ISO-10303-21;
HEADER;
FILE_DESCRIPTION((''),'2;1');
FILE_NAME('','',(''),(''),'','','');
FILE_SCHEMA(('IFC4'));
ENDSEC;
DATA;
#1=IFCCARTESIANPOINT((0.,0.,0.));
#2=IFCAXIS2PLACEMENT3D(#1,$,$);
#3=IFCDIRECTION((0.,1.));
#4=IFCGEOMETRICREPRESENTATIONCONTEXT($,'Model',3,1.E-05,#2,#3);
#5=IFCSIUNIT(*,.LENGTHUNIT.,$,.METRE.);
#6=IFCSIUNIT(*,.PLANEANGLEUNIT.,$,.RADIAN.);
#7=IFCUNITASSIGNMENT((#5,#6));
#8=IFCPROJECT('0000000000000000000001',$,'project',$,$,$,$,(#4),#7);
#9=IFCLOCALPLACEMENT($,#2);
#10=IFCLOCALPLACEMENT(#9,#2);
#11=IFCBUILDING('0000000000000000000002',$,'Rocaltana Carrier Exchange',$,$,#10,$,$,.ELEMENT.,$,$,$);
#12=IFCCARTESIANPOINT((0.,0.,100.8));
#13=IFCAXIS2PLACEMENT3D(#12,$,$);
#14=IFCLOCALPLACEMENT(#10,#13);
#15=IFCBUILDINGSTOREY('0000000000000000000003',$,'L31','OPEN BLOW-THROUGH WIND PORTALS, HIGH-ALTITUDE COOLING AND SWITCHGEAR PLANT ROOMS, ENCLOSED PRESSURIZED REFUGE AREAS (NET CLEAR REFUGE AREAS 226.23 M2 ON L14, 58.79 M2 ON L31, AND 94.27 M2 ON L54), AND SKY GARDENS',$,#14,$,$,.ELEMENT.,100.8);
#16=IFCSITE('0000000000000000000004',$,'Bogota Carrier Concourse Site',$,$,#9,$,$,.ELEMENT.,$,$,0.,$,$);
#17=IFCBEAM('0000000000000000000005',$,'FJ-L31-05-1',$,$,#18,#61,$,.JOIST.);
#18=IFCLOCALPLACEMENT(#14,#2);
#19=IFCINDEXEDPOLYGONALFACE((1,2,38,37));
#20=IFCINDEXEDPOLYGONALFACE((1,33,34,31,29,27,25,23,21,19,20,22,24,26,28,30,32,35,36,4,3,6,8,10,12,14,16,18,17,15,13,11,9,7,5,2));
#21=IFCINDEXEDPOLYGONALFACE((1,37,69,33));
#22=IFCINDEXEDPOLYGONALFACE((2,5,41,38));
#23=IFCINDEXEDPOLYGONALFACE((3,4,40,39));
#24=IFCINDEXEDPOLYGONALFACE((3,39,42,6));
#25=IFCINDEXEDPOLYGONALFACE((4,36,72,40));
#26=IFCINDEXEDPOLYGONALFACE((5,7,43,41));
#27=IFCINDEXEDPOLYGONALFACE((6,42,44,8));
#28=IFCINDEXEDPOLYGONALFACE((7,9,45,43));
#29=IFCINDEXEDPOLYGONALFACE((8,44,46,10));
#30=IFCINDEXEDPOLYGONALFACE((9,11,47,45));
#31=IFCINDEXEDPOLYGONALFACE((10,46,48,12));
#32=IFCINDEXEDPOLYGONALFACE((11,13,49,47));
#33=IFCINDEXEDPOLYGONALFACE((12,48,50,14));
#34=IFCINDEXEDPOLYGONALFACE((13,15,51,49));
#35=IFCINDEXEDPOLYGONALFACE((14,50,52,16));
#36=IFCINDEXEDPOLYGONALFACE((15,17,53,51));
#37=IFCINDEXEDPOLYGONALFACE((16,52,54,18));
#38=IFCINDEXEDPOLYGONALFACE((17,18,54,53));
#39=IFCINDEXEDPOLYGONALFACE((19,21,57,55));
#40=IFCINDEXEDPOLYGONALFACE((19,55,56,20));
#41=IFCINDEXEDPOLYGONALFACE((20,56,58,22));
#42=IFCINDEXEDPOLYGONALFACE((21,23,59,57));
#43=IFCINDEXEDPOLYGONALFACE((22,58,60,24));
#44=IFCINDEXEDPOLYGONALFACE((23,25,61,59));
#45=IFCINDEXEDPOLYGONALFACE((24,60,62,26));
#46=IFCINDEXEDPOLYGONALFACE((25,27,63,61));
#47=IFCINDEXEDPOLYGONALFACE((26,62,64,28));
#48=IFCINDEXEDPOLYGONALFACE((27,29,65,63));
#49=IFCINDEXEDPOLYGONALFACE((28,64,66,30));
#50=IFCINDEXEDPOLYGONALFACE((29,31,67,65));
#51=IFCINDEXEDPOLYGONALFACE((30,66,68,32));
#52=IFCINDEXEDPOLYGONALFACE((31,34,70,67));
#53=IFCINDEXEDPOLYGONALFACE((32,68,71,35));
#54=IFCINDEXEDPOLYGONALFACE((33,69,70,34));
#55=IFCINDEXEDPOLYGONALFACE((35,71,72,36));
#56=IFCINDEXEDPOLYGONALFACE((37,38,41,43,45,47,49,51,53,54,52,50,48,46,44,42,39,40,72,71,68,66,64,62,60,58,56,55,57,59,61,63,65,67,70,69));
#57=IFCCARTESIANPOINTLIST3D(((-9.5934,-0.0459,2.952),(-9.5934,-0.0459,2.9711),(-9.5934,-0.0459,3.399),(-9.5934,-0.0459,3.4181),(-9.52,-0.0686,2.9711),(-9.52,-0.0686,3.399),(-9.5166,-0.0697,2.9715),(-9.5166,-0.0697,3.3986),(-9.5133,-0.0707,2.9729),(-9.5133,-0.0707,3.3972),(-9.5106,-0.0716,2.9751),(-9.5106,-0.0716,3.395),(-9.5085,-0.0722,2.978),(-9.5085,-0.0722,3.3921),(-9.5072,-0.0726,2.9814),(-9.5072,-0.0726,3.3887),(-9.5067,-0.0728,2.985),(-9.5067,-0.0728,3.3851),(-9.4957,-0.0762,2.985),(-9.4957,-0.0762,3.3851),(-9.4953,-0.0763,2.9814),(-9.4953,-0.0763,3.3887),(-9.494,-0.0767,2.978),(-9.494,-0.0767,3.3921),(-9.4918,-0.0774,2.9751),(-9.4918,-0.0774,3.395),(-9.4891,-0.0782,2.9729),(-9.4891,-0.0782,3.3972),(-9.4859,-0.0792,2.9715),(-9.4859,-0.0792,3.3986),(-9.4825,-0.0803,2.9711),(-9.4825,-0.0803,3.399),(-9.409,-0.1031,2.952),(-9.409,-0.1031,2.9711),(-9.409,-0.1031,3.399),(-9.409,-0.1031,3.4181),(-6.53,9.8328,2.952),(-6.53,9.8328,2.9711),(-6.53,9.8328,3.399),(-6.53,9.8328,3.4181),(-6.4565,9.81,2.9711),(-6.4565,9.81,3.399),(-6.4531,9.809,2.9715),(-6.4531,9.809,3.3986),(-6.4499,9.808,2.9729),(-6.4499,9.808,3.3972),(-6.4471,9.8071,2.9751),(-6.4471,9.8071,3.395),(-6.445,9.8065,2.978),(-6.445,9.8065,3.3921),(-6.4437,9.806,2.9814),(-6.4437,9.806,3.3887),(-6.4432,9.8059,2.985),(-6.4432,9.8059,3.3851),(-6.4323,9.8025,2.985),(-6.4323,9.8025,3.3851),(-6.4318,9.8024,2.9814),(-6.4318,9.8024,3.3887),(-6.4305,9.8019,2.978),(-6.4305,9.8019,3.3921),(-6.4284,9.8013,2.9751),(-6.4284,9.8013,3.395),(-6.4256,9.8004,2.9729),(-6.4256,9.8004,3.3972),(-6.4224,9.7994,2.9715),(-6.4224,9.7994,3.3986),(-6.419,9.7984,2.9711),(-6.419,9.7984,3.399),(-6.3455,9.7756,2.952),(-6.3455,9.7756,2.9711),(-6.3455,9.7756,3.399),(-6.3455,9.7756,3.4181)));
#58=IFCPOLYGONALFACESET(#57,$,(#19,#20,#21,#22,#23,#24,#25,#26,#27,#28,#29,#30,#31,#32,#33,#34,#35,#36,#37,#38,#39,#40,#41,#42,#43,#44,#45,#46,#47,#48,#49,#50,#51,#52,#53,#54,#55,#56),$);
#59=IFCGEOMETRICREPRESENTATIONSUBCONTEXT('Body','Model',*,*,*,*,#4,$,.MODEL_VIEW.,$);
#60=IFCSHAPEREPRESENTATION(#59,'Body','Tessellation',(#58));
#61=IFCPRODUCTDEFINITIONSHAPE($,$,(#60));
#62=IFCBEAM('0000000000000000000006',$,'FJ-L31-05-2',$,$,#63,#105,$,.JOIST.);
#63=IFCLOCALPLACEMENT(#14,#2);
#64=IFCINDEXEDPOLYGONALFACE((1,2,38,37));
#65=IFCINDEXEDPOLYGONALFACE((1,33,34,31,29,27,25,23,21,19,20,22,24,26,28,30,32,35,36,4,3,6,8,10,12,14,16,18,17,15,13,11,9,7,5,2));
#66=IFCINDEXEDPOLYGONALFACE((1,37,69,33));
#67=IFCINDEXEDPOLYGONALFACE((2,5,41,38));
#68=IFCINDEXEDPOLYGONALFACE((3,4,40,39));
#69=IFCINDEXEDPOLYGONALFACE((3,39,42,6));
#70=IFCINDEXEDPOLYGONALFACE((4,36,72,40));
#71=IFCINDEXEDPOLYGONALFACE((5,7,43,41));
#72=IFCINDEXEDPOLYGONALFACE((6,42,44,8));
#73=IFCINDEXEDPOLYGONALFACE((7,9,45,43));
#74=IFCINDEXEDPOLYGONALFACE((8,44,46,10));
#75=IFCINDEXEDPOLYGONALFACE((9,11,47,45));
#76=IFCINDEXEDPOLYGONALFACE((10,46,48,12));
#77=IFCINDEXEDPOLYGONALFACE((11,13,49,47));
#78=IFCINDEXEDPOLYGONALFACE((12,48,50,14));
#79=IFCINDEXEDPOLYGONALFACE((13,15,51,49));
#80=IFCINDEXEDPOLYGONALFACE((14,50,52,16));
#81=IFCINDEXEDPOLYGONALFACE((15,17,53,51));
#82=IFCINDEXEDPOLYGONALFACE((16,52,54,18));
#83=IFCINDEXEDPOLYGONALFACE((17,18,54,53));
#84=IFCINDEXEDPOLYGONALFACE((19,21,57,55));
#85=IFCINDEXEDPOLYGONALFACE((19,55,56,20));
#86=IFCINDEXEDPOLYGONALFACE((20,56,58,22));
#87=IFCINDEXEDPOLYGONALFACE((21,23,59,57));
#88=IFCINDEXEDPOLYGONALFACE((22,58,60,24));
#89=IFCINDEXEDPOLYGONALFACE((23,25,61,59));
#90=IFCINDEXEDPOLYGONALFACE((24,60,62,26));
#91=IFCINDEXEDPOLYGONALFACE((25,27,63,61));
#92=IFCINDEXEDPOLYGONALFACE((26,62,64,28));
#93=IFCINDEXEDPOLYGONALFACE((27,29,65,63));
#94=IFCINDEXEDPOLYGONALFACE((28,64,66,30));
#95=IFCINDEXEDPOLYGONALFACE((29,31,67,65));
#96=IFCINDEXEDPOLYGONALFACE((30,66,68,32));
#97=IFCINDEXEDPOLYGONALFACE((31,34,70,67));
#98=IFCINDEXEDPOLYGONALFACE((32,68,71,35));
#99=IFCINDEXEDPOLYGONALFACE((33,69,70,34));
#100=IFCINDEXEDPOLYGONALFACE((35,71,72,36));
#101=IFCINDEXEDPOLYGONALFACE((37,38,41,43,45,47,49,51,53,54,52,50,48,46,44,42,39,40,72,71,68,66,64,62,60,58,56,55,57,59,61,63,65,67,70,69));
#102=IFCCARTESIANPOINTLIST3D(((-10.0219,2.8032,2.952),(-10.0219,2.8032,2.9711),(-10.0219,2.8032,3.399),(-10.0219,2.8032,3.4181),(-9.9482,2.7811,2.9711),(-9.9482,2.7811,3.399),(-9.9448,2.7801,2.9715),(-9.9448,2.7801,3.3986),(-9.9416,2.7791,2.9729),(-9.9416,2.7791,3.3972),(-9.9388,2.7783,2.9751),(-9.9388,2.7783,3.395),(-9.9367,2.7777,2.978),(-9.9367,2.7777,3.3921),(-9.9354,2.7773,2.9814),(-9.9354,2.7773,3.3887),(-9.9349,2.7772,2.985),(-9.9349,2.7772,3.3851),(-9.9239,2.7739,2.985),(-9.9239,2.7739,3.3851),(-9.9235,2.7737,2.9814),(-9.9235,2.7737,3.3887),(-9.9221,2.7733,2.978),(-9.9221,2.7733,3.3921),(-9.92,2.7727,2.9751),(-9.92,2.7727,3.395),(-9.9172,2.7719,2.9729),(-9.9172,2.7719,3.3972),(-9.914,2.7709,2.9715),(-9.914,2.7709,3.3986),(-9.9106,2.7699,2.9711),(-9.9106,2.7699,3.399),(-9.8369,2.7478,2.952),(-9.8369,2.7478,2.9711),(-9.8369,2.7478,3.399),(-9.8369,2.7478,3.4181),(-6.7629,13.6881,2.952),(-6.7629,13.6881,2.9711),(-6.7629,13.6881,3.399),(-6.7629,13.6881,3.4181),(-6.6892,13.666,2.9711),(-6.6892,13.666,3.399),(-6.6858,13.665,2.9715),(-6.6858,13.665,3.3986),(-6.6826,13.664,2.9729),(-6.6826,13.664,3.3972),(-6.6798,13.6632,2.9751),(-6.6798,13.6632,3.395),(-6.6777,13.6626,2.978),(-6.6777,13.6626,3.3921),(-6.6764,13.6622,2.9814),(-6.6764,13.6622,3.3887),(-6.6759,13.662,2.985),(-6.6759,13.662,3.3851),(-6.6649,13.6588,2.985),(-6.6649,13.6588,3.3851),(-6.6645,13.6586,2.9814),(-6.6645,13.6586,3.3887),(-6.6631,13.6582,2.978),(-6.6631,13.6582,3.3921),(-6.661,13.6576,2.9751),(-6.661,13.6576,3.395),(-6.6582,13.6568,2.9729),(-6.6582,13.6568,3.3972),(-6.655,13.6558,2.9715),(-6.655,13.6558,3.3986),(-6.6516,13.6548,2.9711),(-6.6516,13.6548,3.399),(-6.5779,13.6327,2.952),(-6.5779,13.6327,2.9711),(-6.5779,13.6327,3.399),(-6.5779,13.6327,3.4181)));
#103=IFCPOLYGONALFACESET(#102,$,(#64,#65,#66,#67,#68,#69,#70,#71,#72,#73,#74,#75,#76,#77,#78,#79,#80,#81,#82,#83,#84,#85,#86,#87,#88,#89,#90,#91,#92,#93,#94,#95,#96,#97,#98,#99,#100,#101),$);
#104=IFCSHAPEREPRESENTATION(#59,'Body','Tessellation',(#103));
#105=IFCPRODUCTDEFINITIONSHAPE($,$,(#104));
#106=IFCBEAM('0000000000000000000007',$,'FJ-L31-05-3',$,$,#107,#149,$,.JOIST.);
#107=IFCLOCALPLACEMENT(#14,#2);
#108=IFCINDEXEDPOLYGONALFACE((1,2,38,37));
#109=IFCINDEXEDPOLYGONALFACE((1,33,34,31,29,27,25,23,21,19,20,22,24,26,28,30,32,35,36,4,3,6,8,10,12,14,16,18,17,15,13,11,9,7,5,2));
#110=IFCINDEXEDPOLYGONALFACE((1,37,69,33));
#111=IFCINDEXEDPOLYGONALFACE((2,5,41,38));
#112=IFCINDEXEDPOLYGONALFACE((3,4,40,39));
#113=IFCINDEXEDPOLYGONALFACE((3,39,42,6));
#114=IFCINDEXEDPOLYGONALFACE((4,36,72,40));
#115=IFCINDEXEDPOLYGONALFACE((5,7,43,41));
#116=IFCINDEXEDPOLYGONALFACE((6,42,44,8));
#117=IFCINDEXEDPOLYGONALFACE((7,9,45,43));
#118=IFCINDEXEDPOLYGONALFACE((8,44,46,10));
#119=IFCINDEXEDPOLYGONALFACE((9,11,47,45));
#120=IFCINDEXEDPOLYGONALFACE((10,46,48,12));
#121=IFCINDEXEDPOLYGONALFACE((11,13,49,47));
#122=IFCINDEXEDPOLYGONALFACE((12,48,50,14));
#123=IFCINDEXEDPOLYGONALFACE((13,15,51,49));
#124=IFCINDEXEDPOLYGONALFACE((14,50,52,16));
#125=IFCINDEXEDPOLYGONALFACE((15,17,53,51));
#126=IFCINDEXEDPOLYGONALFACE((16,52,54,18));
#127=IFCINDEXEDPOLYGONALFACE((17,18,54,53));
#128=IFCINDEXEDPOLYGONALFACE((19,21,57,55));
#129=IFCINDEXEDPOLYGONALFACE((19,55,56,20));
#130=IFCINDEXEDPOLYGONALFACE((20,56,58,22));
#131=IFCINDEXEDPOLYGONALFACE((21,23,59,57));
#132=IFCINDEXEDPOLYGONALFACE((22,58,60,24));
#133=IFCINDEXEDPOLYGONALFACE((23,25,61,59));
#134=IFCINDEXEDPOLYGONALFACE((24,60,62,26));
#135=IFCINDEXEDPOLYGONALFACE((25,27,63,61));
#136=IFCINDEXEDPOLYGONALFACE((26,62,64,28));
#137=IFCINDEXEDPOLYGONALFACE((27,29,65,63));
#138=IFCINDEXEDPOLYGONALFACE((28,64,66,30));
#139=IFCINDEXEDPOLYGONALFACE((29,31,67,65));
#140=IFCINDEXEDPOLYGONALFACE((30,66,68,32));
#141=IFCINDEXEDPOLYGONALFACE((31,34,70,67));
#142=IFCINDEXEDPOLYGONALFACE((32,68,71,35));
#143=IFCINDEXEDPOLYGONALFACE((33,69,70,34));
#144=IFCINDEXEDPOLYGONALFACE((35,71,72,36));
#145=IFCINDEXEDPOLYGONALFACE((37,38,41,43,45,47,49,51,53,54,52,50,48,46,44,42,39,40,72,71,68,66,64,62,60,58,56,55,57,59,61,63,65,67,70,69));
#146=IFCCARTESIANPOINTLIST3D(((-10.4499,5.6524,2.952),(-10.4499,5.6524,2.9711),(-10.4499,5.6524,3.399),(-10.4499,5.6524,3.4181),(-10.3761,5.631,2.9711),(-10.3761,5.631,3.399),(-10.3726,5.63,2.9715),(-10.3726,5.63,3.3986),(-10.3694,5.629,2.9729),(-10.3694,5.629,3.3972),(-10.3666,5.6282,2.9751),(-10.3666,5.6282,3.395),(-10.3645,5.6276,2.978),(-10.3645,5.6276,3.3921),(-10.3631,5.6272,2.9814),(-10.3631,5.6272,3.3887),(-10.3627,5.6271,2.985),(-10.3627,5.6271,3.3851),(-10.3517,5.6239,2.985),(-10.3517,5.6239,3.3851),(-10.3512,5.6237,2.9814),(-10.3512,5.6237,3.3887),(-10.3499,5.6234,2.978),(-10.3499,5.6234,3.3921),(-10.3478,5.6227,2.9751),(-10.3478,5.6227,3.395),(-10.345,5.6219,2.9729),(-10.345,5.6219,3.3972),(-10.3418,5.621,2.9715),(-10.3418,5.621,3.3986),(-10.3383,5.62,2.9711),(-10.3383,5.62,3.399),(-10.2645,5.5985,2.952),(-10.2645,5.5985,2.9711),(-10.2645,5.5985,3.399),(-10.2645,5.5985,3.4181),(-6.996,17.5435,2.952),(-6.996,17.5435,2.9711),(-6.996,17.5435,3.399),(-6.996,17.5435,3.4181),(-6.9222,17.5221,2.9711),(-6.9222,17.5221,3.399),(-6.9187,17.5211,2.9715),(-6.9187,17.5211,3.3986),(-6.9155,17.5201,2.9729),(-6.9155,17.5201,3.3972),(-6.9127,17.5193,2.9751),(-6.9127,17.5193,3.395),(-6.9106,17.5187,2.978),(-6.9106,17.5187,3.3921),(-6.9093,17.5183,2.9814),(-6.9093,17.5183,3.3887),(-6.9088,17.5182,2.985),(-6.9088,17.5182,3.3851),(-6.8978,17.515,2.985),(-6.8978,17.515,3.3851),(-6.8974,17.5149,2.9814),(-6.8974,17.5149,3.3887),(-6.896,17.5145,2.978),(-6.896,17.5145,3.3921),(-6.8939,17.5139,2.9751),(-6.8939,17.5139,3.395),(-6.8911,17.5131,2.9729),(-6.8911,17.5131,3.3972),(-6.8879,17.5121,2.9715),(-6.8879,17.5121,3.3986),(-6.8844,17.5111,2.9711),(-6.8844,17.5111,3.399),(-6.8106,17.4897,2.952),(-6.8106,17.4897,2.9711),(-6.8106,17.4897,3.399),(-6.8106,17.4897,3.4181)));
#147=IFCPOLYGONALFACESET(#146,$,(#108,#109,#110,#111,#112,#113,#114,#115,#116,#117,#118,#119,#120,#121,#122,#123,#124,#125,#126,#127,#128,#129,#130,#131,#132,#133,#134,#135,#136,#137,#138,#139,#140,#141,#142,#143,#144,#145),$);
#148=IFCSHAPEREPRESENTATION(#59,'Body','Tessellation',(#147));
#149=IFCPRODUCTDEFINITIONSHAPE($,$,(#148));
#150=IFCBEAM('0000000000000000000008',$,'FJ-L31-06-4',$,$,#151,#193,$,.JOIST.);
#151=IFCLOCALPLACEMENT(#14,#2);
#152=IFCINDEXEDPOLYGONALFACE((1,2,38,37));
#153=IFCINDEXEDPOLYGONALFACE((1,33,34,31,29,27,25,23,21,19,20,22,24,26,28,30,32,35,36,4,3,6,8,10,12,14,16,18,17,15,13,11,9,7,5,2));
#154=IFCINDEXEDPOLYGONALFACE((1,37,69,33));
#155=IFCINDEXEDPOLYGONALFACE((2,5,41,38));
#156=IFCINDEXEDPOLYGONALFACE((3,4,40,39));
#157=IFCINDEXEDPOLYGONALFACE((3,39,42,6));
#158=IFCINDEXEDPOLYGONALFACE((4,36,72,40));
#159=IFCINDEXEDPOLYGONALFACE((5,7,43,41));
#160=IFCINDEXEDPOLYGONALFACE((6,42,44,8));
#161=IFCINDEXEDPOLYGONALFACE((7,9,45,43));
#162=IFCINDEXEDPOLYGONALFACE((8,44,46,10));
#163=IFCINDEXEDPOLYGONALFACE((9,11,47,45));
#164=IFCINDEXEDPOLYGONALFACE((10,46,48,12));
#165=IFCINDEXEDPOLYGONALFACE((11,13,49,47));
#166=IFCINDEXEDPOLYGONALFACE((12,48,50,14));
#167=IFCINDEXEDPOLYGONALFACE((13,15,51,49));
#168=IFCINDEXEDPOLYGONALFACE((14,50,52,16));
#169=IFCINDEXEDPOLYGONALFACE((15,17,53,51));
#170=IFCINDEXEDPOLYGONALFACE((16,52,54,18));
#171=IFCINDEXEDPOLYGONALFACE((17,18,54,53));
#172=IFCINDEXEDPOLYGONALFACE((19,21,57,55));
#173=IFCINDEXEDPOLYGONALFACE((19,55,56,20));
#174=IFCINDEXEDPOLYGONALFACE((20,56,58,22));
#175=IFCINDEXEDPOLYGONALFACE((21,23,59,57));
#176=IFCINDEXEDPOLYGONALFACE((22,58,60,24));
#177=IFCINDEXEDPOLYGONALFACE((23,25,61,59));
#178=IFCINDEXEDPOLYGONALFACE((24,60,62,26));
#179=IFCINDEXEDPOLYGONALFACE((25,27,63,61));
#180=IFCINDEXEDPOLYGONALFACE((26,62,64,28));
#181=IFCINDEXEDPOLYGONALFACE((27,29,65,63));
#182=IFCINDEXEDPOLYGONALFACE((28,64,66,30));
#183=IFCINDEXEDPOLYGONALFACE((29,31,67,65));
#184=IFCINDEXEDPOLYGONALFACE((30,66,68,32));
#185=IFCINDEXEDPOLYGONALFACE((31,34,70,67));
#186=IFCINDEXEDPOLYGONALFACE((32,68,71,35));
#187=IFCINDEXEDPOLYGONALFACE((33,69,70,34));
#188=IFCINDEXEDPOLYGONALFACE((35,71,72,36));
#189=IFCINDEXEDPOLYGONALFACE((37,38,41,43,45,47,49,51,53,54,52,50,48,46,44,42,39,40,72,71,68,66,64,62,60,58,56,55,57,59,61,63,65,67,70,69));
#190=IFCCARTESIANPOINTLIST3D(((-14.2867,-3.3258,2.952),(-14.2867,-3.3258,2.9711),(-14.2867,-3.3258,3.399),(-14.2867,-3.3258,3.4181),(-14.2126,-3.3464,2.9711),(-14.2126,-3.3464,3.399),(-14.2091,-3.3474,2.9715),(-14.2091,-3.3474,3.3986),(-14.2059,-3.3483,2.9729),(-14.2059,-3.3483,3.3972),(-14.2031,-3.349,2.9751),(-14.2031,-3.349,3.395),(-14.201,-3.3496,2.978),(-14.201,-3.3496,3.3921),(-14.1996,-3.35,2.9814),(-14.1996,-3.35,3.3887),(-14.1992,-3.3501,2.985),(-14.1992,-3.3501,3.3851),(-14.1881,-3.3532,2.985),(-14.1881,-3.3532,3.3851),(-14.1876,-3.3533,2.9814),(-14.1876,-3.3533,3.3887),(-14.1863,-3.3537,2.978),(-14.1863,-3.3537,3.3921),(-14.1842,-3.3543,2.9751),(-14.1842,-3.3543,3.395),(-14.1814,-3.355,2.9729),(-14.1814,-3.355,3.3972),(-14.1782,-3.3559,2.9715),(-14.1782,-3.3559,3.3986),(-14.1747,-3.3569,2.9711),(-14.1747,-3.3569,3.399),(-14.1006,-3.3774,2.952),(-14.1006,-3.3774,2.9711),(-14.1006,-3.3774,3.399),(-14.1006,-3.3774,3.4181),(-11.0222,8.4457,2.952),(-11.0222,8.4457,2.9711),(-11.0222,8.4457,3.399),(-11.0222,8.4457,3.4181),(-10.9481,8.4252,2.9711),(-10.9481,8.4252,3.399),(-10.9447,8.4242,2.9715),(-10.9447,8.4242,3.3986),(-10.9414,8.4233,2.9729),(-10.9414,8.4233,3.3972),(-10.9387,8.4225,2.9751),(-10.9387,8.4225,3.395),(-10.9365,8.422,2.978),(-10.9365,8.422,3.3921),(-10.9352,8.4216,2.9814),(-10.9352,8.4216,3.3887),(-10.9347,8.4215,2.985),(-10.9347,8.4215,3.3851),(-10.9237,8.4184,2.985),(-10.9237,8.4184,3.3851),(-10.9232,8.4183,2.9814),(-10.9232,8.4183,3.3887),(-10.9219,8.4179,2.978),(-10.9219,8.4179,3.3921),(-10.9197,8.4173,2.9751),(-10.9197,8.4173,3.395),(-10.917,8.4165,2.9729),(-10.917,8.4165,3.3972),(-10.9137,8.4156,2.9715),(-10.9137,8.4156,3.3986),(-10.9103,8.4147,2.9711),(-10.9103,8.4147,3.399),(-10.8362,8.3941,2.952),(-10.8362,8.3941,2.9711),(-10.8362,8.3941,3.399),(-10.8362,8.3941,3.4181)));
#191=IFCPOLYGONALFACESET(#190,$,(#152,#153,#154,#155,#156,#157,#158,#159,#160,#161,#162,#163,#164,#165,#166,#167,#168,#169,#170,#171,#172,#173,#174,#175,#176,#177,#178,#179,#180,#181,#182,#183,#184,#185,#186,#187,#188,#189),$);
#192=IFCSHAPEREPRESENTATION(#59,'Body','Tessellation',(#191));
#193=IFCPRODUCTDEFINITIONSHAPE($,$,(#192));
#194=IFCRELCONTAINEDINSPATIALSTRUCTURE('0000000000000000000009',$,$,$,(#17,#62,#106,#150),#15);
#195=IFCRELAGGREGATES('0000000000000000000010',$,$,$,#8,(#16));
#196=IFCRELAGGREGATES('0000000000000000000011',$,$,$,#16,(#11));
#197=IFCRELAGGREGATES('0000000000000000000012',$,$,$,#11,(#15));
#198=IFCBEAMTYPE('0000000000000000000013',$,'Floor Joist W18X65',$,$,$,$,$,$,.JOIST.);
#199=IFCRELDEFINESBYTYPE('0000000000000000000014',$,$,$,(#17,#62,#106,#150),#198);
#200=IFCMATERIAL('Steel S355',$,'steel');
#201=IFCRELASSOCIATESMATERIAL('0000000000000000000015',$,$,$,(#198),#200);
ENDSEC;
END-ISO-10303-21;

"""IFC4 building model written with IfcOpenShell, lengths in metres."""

from ifc_helpers import new_model, si_unit, direction, frame, origin, origin_2d, place, context, subcontext, project, spatial, i_section, extrude, material, material_profile, profile_set, type_object, element, save


model = new_model("IFC4")

# Units and contexts
model_context = context("Model", 3, precision=1e-05, world=origin(), true_north=direction((0.0, 1.0)))
body_context = subcontext(model_context, "Body", "Model", "MODEL_VIEW")
ifc_project = project(units=[si_unit("LENGTHUNIT", "METRE"), si_unit("PLANEANGLEUNIT", "RADIAN")], contexts=[model_context])

# Site, building, storey
site_placement = place(None, origin())
site = spatial("IfcSite", under=ifc_project, at=site_placement, Name="Bogota Carrier Concourse Site", CompositionType="ELEMENT", RefElevation=0.0)
building_placement = place(site_placement, origin())
building = spatial("IfcBuilding", under=site, at=building_placement, Name="Rocaltana Carrier Exchange", CompositionType="ELEMENT")
storey_placement = place(building_placement, frame((0.0, 0.0, 100.8)))
storey = spatial("IfcBuildingStorey", under=building, at=storey_placement, Name="L31", Description="OPEN BLOW-THROUGH WIND PORTALS, HIGH-ALTITUDE COOLING AND SWITCHGEAR PLANT ROOMS, ENCLOSED PRESSURIZED REFUGE AREAS (NET CLEAR REFUGE AREAS 226.23 M2 ON L14, 58.79 M2 ON L31, AND 94.27 M2 ON L54), AND SKY GARDENS", CompositionType="ELEMENT", Elevation=100.8)

# Beams
ifc_material_1 = material(Name="Steel S355", Category="steel")
ifc_material_profile_1 = material_profile(ifc_material_1, i_section(OverallWidth=0.1931, OverallDepth=0.4661, WebThickness=0.0115, FlangeThickness=0.019, FilletRadius=0.0139, at=origin_2d()), Name="W18X65")
ifc_profile_set_1 = profile_set([ifc_material_profile_1], Name="Steel S355")
beam_type_1 = type_object("IfcBeamType", Name="Floor Joist W18X65", PredefinedType="JOIST", material=ifc_profile_set_1)
beam_1_placement = place(storey_placement, frame((-6.4377, 9.8042, 3.1851), z_axis=(-0.296195, -0.955127, 0.0), x_axis=(0.955127, -0.296195, 0.0)))
element("IfcBeam", 1, at=beam_1_placement, inside=storey, type_object=beam_type_1, Name="FJ-L31-05-1", PredefinedType="JOIST", context=body_context, shape_type="SweptSolid", body=[
    extrude(i_section(OverallWidth=0.1931, OverallDepth=0.4661, WebThickness=0.0115, FlangeThickness=0.019, FilletRadius=0.0139, at=origin_2d()), origin(), (0.0, 0.0, 1.0), 10.3428),
])
beam_2_placement = place(storey_placement, frame((-6.6704, 13.6604, 3.1851), z_axis=(-0.286825, -0.957983, 0.0), x_axis=(0.957983, -0.286825, 0.0)))
element("IfcBeam", 2, at=beam_2_placement, inside=storey, type_object=beam_type_1, Name="FJ-L31-05-2", PredefinedType="JOIST", context=body_context, shape_type="SweptSolid", body=[
    extrude(i_section(OverallWidth=0.1931, OverallDepth=0.4661, WebThickness=0.0115, FlangeThickness=0.019, FilletRadius=0.0139, at=origin_2d()), origin(), (0.0, 0.0, 1.0), 11.3623),
])
beam_3_placement = place(storey_placement, frame((-6.9033, 17.5166, 3.1851), z_axis=(-0.278929, -0.960312, 0.0), x_axis=(0.960312, -0.278929, 0.0)))
element("IfcBeam", 3, at=beam_3_placement, inside=storey, type_object=beam_type_1, Name="FJ-L31-05-3", PredefinedType="JOIST", context=body_context, shape_type="SweptSolid", body=[
    extrude(i_section(OverallWidth=0.1931, OverallDepth=0.4661, WebThickness=0.0115, FlangeThickness=0.019, FilletRadius=0.0139, at=origin_2d()), origin(), (0.0, 0.0, 1.0), 12.3826),
])
beam_4_placement = place(storey_placement, frame((-10.9292, 8.4199, 3.1851), z_axis=(-0.267229, -0.963633, 0.0), x_axis=(0.963633, -0.267229, 0.0)))
element("IfcBeam", 4, at=beam_4_placement, inside=storey, type_object=beam_type_1, Name="FJ-L31-06-4", PredefinedType="JOIST", context=body_context, shape_type="SweptSolid", body=[
    extrude(i_section(OverallWidth=0.1931, OverallDepth=0.4661, WebThickness=0.0115, FlangeThickness=0.019, FilletRadius=0.0139, at=origin_2d()), origin(), (0.0, 0.0, 1.0), 12.2158),
])

save(model, "model.ifc")
